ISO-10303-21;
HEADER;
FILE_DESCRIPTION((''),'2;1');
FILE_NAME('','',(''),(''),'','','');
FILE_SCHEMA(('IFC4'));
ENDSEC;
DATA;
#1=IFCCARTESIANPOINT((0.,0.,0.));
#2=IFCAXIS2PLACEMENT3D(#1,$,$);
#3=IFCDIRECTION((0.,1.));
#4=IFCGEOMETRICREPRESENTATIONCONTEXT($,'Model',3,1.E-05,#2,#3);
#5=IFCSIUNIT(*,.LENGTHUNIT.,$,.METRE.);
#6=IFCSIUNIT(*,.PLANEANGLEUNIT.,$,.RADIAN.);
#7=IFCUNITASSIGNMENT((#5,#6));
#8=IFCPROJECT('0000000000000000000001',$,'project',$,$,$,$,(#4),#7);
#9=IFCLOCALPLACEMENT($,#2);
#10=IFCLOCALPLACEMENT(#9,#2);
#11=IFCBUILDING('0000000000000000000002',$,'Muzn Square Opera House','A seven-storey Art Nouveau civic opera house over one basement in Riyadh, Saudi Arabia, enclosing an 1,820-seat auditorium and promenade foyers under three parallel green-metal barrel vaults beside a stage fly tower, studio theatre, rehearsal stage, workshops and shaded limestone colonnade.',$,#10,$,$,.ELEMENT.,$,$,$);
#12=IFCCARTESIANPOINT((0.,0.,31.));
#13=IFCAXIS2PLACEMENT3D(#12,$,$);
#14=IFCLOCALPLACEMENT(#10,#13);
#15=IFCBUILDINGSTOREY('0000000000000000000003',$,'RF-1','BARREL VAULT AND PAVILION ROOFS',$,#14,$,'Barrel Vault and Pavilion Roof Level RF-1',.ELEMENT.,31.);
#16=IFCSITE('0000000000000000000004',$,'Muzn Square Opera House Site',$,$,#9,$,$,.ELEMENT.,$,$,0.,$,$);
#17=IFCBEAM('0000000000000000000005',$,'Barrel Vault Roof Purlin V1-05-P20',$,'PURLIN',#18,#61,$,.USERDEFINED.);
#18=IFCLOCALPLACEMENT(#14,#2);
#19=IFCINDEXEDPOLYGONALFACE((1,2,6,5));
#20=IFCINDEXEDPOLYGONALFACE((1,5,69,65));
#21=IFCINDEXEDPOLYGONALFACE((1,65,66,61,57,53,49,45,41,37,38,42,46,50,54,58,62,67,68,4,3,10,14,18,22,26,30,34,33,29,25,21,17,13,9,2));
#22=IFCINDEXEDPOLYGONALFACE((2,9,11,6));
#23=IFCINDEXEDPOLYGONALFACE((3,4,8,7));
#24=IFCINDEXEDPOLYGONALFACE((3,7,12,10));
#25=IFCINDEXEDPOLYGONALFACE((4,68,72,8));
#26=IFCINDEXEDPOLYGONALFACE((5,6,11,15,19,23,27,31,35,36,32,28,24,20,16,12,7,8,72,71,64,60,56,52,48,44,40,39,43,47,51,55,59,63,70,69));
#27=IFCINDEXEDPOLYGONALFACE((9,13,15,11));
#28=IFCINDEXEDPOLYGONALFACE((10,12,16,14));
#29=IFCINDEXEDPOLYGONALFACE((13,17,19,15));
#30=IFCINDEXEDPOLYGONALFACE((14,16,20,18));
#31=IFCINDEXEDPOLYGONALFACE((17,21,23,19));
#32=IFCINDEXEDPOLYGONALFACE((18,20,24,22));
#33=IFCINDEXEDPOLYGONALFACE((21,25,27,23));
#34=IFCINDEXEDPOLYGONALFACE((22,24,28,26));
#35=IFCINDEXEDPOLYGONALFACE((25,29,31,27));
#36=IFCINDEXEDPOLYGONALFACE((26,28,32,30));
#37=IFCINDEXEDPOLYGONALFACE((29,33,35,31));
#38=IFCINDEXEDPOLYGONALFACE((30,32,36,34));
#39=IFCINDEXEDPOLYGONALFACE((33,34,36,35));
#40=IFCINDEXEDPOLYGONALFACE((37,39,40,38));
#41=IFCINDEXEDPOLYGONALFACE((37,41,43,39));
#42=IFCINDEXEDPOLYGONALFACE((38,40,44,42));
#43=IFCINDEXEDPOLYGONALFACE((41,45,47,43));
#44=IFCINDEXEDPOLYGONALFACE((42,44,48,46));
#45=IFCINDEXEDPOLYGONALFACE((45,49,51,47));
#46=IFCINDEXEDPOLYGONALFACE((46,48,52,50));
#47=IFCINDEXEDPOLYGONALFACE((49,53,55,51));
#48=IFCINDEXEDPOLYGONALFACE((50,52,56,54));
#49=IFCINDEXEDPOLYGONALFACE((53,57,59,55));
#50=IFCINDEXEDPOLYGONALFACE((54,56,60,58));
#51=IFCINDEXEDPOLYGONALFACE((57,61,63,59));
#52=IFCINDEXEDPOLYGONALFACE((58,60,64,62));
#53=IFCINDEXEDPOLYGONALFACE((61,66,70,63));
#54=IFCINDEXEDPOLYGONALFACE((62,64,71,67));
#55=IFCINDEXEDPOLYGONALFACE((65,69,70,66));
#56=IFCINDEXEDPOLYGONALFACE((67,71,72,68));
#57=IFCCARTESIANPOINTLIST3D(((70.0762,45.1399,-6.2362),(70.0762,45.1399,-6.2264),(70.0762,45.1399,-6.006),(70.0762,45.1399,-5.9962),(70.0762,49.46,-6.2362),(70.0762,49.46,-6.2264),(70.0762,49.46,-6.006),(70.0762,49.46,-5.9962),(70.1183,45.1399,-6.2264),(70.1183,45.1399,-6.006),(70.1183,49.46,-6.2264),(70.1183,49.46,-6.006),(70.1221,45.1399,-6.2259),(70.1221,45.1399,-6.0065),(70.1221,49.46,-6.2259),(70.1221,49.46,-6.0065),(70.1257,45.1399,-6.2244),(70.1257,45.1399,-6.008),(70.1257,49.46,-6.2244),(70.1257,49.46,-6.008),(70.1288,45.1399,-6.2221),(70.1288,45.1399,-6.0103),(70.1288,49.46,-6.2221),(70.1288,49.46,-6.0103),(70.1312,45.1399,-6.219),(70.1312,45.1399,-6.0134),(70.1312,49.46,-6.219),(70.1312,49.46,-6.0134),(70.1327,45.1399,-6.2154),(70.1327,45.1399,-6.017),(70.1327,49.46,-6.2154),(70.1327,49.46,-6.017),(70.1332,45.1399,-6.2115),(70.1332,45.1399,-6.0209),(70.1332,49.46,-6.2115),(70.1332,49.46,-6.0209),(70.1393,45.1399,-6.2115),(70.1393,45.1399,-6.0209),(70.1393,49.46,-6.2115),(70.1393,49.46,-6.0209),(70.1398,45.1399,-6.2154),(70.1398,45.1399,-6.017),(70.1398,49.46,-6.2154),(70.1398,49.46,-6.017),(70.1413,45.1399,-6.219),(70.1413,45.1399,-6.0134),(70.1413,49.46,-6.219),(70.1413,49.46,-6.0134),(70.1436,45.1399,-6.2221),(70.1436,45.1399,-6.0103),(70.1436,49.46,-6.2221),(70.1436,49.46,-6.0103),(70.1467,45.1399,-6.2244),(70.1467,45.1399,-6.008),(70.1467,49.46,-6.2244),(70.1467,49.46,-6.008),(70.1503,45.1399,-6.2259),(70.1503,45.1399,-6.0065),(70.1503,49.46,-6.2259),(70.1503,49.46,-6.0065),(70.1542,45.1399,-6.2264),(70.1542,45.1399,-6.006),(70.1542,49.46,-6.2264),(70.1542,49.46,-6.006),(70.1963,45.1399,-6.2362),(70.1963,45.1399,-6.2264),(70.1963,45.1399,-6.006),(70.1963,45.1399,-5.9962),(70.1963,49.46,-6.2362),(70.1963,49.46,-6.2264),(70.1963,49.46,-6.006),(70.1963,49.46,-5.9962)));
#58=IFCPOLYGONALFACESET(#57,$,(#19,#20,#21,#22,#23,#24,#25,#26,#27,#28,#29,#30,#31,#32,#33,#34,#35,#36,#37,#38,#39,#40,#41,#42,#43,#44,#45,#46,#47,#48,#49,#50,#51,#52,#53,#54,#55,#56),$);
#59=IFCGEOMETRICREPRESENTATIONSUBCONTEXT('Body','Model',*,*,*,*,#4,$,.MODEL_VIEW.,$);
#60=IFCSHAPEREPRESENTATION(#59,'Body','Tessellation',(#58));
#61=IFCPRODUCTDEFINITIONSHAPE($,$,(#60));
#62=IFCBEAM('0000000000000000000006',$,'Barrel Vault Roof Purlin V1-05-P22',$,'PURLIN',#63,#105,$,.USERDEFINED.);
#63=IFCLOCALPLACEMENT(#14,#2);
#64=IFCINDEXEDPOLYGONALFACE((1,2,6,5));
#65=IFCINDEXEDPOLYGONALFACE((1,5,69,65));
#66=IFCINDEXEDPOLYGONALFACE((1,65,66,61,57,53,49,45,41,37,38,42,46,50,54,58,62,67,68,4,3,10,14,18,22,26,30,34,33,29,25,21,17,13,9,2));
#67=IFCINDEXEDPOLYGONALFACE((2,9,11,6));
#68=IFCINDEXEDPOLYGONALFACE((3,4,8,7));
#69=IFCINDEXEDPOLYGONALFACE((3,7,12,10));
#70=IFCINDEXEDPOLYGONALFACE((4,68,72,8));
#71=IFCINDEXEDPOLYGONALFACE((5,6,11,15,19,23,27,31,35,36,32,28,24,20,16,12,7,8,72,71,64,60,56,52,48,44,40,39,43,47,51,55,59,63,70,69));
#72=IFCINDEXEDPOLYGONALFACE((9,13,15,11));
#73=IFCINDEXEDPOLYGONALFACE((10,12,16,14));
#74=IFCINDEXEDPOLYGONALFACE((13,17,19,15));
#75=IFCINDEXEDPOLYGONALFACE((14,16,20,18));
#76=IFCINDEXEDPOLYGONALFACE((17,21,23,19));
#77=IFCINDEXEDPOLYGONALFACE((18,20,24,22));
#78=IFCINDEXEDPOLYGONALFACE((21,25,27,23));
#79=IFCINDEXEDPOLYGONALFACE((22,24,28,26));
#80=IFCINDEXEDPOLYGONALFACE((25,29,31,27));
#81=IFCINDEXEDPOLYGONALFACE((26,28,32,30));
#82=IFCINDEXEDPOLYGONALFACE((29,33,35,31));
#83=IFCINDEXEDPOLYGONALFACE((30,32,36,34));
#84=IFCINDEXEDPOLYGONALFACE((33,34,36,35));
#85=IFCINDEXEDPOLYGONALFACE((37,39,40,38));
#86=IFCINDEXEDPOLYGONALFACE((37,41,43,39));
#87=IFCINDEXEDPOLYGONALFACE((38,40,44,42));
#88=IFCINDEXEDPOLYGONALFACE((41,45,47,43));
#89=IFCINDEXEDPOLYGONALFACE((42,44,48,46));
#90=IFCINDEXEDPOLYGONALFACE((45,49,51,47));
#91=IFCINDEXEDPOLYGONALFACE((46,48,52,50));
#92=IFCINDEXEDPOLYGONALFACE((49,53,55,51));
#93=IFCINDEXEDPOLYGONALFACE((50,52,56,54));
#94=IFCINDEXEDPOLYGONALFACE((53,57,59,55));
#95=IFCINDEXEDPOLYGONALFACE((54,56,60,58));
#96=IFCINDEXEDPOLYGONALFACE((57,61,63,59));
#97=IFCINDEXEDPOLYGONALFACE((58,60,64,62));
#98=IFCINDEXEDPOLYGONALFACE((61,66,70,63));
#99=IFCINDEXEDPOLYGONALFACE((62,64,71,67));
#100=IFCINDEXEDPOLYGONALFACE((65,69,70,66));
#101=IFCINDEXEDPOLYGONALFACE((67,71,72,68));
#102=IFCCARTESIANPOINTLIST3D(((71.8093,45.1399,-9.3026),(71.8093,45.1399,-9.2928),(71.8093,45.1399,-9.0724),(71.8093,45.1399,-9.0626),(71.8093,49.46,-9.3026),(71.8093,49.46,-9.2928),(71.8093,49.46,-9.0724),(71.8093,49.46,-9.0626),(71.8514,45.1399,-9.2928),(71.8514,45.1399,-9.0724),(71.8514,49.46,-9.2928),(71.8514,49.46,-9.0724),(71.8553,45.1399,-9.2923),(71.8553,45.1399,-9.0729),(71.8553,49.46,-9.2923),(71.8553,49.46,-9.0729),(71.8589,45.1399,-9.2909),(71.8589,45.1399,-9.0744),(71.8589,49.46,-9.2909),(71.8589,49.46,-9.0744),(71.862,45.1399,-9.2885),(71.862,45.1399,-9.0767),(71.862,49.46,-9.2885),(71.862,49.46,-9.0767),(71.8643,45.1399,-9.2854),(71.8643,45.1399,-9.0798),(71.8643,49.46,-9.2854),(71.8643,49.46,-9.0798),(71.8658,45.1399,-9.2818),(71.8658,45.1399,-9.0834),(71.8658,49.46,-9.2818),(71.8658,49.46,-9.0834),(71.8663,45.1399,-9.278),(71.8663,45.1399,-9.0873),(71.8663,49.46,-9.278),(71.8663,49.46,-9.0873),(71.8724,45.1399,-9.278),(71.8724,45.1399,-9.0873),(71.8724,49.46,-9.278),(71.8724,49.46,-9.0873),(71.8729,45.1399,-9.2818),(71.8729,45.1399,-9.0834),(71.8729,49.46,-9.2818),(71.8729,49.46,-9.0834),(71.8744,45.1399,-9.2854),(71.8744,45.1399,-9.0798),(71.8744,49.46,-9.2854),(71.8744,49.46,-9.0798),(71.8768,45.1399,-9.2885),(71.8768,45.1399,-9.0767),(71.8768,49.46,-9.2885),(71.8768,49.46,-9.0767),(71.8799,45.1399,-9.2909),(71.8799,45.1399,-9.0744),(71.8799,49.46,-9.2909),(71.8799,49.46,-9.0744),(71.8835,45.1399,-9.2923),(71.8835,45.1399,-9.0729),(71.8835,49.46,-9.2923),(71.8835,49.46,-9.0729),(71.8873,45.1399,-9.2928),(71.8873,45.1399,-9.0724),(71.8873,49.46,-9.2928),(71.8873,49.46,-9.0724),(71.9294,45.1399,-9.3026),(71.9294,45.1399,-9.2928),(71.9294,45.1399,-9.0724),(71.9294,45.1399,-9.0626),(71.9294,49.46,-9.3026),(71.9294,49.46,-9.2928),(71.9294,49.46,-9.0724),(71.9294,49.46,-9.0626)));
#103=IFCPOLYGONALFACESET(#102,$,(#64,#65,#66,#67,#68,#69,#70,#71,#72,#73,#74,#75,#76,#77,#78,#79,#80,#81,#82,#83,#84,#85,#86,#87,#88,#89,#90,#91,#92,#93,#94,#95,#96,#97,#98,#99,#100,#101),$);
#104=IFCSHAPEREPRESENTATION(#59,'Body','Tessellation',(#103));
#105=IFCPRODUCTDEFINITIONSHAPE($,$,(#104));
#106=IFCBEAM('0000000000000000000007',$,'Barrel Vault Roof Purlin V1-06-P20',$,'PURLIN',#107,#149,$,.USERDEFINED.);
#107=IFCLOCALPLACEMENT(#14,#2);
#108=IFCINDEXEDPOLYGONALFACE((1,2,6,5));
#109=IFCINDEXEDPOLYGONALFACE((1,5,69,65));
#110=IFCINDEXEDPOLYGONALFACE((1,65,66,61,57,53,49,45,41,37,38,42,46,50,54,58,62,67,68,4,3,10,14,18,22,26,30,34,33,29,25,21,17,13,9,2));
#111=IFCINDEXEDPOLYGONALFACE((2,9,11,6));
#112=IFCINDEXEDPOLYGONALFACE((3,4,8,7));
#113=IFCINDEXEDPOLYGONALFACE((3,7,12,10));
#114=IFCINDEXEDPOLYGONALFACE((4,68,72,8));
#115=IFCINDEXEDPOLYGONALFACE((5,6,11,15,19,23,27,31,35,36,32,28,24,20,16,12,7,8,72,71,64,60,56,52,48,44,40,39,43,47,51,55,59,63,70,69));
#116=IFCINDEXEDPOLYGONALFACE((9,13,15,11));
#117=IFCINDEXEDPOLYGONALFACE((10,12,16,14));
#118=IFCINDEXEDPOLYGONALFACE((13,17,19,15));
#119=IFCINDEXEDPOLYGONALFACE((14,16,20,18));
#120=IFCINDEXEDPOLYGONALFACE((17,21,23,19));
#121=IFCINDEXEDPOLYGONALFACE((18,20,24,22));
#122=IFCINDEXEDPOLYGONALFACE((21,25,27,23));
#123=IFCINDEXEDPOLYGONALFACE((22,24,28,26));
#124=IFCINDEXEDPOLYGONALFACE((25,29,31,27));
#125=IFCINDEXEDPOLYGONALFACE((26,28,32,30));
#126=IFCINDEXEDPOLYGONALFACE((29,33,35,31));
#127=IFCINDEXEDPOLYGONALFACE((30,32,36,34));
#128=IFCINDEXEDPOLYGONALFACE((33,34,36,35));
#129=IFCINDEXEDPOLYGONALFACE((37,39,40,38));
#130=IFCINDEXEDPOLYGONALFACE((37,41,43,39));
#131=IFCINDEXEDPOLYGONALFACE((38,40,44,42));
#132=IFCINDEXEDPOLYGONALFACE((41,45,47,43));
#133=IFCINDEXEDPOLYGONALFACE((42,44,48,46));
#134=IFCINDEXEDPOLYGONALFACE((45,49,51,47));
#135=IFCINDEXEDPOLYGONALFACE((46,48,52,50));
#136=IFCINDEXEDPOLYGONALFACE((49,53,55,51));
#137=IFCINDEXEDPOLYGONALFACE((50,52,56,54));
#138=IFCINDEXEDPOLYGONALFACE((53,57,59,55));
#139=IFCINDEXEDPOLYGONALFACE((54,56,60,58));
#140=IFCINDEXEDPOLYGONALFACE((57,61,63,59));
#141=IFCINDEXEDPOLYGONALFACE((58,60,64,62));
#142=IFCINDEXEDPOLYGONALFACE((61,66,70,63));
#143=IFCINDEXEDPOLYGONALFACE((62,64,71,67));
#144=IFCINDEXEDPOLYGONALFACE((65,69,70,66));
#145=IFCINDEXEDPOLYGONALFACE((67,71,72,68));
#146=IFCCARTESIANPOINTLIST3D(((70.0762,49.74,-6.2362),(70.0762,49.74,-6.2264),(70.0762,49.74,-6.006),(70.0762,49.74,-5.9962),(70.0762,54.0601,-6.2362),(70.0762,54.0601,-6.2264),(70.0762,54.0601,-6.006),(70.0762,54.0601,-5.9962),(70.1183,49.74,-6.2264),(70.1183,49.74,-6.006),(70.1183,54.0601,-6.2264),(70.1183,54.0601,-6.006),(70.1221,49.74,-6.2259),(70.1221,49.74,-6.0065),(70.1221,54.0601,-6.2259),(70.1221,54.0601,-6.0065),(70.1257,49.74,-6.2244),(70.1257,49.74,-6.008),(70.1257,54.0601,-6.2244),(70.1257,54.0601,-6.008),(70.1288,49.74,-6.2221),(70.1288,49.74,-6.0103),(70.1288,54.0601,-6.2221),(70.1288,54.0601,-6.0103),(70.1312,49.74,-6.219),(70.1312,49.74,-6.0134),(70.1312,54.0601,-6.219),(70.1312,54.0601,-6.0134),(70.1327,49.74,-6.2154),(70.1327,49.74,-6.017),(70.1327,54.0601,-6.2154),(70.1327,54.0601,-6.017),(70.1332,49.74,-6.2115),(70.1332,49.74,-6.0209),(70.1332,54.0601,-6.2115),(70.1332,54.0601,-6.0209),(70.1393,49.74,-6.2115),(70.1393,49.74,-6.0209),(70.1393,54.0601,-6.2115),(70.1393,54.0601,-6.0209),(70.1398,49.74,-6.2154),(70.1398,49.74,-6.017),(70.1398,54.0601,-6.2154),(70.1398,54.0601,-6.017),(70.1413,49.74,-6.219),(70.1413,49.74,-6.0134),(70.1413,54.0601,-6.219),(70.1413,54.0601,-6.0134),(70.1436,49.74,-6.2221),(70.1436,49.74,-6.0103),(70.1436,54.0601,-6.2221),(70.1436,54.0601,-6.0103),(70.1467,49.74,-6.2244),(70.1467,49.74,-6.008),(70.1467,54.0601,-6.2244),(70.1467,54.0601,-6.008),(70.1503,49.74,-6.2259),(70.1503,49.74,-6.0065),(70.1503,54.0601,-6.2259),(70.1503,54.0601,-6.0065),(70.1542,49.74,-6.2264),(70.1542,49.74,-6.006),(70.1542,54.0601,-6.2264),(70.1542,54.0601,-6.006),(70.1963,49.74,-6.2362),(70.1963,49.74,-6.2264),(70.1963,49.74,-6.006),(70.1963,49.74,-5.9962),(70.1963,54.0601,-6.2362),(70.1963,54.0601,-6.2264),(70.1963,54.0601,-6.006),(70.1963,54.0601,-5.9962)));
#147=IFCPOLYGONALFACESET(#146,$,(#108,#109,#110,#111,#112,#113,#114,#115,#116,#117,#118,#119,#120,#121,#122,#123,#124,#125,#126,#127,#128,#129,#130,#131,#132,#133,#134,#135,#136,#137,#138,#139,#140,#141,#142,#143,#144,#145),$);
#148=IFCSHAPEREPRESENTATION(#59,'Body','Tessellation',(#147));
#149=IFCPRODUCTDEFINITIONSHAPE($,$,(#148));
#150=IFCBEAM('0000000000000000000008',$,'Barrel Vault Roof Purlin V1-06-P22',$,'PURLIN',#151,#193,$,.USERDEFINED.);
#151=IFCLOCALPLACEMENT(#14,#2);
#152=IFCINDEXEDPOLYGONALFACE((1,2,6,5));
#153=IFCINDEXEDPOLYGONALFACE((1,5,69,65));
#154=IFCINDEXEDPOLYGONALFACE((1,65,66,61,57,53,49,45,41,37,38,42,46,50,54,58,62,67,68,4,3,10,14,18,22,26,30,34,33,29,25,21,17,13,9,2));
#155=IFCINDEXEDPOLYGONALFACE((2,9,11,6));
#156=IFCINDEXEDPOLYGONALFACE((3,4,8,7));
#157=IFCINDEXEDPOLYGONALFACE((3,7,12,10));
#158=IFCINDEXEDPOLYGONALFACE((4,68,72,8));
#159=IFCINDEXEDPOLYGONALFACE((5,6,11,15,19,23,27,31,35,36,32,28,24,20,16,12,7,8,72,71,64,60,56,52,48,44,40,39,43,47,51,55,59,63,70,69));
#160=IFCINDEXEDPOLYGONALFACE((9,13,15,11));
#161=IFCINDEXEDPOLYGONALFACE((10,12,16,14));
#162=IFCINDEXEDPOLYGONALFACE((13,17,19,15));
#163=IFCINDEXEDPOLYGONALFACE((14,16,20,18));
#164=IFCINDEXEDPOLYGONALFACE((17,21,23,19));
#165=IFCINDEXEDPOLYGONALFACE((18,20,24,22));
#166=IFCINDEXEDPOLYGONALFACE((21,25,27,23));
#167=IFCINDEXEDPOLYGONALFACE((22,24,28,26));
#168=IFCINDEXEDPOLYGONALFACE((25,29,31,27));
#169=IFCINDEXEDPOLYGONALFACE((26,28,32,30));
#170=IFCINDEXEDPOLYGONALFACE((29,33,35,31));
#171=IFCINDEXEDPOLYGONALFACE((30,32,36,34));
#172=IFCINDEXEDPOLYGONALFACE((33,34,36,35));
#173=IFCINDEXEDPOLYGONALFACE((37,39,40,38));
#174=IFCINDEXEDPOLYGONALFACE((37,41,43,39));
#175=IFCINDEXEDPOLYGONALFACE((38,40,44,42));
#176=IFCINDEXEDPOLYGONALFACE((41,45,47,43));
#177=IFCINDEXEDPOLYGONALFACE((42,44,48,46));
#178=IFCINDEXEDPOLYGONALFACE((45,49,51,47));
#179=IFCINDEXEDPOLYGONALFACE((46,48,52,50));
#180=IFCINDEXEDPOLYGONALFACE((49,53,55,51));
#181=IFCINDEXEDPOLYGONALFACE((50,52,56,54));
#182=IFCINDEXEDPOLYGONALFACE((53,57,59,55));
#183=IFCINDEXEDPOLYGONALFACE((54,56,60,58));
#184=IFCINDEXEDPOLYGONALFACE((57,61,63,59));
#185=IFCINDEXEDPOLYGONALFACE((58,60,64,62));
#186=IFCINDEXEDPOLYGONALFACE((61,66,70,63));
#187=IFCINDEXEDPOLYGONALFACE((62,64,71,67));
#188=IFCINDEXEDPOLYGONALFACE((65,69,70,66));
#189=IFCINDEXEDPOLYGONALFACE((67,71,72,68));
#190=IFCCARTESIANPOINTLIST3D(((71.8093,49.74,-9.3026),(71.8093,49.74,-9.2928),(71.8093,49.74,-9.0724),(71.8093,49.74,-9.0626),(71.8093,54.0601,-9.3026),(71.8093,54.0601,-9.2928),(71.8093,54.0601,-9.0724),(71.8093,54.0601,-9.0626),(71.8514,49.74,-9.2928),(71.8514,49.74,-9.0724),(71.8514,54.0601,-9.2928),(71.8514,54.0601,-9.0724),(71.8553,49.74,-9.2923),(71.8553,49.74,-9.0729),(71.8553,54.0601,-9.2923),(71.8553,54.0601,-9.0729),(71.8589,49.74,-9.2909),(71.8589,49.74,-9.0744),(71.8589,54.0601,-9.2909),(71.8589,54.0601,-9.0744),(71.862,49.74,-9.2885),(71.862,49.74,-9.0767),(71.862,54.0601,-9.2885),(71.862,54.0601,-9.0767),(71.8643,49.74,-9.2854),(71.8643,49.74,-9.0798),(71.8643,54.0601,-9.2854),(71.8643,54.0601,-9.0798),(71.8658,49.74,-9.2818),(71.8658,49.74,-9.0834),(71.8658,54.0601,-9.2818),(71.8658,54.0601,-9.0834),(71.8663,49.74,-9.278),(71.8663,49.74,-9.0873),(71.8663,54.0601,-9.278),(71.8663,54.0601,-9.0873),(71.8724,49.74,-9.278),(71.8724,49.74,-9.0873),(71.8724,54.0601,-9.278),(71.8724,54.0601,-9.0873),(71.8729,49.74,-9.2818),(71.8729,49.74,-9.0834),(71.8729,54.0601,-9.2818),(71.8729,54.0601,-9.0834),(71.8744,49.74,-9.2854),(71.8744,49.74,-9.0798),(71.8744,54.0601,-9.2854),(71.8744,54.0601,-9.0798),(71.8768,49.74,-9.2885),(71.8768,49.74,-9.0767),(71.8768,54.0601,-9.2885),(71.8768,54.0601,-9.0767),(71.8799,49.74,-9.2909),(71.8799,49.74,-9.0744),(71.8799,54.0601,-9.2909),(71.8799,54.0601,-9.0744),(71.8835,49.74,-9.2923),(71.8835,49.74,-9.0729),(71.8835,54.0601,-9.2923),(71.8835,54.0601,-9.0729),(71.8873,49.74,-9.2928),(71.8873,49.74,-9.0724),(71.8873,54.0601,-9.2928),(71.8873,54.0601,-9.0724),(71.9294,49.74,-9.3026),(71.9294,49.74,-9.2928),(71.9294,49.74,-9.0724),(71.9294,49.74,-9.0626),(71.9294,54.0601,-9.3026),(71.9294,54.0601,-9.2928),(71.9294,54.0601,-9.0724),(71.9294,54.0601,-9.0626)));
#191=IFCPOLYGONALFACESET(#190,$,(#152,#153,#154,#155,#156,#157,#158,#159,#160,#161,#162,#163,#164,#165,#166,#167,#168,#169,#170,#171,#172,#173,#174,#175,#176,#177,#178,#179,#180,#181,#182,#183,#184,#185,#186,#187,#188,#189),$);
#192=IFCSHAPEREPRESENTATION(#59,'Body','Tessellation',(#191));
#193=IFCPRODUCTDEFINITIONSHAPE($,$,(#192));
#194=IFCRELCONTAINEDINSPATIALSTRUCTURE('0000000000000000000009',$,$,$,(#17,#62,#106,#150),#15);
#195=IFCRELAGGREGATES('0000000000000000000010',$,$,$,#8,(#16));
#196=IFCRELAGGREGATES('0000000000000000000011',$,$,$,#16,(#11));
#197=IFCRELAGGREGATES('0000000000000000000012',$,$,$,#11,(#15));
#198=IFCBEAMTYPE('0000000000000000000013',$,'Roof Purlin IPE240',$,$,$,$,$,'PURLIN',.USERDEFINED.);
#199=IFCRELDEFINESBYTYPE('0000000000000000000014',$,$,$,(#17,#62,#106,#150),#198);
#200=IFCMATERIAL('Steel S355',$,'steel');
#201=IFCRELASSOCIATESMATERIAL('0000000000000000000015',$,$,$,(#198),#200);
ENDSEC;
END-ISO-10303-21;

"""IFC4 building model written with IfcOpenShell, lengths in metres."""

from ifc_helpers import new_model, si_unit, direction, frame, origin, origin_2d, place, context, subcontext, project, spatial, i_section, extrude, material, material_profile, profile_set, type_object, element, save


model = new_model("IFC4")

# Units and contexts
model_context = context("Model", 3, precision=1e-05, world=origin(), true_north=direction((0.0, 1.0)))
body_context = subcontext(model_context, "Body", "Model", "MODEL_VIEW")
ifc_project = project(units=[si_unit("LENGTHUNIT", "METRE"), si_unit("PLANEANGLEUNIT", "RADIAN")], contexts=[model_context])

# Site, building, storey
site_placement = place(None, origin())
site = spatial("IfcSite", under=ifc_project, at=site_placement, Name="Muzn Square Opera House Site", CompositionType="ELEMENT", RefElevation=0.0)
building_placement = place(site_placement, origin())
building = spatial("IfcBuilding", under=site, at=building_placement, Name="Muzn Square Opera House", Description="A seven-storey Art Nouveau civic opera house over one basement in Riyadh, Saudi Arabia, enclosing an 1,820-seat auditorium and promenade foyers under three parallel green-metal barrel vaults beside a stage fly tower, studio theatre, rehearsal stage, workshops and shaded limestone colonnade.", CompositionType="ELEMENT")
storey_placement = place(building_placement, frame((0.0, 0.0, 31.0)))
storey = spatial("IfcBuildingStorey", under=building, at=storey_placement, Name="RF-1", Description="BARREL VAULT AND PAVILION ROOFS", LongName="Barrel Vault and Pavilion Roof Level RF-1", CompositionType="ELEMENT", Elevation=31.0)

# Beams
ifc_material_1 = material(Name="Steel S355", Category="steel")
ifc_material_profile_1 = material_profile(ifc_material_1, i_section(OverallWidth=0.1201, OverallDepth=0.24, WebThickness=0.0061, FlangeThickness=0.0098, FilletRadius=0.0149, at=origin_2d()), Name="IPE 240", Category="steel")
ifc_profile_set_1 = profile_set([ifc_material_profile_1], Name="Steel S355")
beam_type_1 = type_object("IfcBeamType", Name="Roof Purlin IPE240", ElementType="PURLIN", PredefinedType="USERDEFINED", material=ifc_profile_set_1)
for number, where, z_axis, x_axis, name in (
    (1, (70.1362, 45.1399, -6.1162), (0.0, 1.0, 0.0), (-1.0, 0.0, 0.0), "Barrel Vault Roof Purlin V1-05-P20"),
    (2, (71.8694, 45.1399, -9.1826), (0.0, 1.0, 0.0), (-1.0, 0.0, 0.0), "Barrel Vault Roof Purlin V1-05-P22"),
    (3, (70.1362, 49.74, -6.1162), (0.0, 1.0, 0.0), (-1.0, 0.0, 0.0), "Barrel Vault Roof Purlin V1-06-P20"),
    (4, (71.8694, 49.74, -9.1826), (0.0, 1.0, 0.0), (-1.0, 0.0, 0.0), "Barrel Vault Roof Purlin V1-06-P22"),
):
    element("IfcBeam", number, at=place(storey_placement, frame(where, z_axis=z_axis, x_axis=x_axis)), inside=storey, type_object=beam_type_1, Name=name, ObjectType="PURLIN", PredefinedType="USERDEFINED", context=body_context, shape_type="SweptSolid", body=[
        extrude(i_section(OverallWidth=0.1201, OverallDepth=0.24, WebThickness=0.0061, FlangeThickness=0.0098, FilletRadius=0.0149, at=origin_2d()), origin(), (0.0, 0.0, 1.0), 4.3201),
    ])

save(model, "model.ifc")
